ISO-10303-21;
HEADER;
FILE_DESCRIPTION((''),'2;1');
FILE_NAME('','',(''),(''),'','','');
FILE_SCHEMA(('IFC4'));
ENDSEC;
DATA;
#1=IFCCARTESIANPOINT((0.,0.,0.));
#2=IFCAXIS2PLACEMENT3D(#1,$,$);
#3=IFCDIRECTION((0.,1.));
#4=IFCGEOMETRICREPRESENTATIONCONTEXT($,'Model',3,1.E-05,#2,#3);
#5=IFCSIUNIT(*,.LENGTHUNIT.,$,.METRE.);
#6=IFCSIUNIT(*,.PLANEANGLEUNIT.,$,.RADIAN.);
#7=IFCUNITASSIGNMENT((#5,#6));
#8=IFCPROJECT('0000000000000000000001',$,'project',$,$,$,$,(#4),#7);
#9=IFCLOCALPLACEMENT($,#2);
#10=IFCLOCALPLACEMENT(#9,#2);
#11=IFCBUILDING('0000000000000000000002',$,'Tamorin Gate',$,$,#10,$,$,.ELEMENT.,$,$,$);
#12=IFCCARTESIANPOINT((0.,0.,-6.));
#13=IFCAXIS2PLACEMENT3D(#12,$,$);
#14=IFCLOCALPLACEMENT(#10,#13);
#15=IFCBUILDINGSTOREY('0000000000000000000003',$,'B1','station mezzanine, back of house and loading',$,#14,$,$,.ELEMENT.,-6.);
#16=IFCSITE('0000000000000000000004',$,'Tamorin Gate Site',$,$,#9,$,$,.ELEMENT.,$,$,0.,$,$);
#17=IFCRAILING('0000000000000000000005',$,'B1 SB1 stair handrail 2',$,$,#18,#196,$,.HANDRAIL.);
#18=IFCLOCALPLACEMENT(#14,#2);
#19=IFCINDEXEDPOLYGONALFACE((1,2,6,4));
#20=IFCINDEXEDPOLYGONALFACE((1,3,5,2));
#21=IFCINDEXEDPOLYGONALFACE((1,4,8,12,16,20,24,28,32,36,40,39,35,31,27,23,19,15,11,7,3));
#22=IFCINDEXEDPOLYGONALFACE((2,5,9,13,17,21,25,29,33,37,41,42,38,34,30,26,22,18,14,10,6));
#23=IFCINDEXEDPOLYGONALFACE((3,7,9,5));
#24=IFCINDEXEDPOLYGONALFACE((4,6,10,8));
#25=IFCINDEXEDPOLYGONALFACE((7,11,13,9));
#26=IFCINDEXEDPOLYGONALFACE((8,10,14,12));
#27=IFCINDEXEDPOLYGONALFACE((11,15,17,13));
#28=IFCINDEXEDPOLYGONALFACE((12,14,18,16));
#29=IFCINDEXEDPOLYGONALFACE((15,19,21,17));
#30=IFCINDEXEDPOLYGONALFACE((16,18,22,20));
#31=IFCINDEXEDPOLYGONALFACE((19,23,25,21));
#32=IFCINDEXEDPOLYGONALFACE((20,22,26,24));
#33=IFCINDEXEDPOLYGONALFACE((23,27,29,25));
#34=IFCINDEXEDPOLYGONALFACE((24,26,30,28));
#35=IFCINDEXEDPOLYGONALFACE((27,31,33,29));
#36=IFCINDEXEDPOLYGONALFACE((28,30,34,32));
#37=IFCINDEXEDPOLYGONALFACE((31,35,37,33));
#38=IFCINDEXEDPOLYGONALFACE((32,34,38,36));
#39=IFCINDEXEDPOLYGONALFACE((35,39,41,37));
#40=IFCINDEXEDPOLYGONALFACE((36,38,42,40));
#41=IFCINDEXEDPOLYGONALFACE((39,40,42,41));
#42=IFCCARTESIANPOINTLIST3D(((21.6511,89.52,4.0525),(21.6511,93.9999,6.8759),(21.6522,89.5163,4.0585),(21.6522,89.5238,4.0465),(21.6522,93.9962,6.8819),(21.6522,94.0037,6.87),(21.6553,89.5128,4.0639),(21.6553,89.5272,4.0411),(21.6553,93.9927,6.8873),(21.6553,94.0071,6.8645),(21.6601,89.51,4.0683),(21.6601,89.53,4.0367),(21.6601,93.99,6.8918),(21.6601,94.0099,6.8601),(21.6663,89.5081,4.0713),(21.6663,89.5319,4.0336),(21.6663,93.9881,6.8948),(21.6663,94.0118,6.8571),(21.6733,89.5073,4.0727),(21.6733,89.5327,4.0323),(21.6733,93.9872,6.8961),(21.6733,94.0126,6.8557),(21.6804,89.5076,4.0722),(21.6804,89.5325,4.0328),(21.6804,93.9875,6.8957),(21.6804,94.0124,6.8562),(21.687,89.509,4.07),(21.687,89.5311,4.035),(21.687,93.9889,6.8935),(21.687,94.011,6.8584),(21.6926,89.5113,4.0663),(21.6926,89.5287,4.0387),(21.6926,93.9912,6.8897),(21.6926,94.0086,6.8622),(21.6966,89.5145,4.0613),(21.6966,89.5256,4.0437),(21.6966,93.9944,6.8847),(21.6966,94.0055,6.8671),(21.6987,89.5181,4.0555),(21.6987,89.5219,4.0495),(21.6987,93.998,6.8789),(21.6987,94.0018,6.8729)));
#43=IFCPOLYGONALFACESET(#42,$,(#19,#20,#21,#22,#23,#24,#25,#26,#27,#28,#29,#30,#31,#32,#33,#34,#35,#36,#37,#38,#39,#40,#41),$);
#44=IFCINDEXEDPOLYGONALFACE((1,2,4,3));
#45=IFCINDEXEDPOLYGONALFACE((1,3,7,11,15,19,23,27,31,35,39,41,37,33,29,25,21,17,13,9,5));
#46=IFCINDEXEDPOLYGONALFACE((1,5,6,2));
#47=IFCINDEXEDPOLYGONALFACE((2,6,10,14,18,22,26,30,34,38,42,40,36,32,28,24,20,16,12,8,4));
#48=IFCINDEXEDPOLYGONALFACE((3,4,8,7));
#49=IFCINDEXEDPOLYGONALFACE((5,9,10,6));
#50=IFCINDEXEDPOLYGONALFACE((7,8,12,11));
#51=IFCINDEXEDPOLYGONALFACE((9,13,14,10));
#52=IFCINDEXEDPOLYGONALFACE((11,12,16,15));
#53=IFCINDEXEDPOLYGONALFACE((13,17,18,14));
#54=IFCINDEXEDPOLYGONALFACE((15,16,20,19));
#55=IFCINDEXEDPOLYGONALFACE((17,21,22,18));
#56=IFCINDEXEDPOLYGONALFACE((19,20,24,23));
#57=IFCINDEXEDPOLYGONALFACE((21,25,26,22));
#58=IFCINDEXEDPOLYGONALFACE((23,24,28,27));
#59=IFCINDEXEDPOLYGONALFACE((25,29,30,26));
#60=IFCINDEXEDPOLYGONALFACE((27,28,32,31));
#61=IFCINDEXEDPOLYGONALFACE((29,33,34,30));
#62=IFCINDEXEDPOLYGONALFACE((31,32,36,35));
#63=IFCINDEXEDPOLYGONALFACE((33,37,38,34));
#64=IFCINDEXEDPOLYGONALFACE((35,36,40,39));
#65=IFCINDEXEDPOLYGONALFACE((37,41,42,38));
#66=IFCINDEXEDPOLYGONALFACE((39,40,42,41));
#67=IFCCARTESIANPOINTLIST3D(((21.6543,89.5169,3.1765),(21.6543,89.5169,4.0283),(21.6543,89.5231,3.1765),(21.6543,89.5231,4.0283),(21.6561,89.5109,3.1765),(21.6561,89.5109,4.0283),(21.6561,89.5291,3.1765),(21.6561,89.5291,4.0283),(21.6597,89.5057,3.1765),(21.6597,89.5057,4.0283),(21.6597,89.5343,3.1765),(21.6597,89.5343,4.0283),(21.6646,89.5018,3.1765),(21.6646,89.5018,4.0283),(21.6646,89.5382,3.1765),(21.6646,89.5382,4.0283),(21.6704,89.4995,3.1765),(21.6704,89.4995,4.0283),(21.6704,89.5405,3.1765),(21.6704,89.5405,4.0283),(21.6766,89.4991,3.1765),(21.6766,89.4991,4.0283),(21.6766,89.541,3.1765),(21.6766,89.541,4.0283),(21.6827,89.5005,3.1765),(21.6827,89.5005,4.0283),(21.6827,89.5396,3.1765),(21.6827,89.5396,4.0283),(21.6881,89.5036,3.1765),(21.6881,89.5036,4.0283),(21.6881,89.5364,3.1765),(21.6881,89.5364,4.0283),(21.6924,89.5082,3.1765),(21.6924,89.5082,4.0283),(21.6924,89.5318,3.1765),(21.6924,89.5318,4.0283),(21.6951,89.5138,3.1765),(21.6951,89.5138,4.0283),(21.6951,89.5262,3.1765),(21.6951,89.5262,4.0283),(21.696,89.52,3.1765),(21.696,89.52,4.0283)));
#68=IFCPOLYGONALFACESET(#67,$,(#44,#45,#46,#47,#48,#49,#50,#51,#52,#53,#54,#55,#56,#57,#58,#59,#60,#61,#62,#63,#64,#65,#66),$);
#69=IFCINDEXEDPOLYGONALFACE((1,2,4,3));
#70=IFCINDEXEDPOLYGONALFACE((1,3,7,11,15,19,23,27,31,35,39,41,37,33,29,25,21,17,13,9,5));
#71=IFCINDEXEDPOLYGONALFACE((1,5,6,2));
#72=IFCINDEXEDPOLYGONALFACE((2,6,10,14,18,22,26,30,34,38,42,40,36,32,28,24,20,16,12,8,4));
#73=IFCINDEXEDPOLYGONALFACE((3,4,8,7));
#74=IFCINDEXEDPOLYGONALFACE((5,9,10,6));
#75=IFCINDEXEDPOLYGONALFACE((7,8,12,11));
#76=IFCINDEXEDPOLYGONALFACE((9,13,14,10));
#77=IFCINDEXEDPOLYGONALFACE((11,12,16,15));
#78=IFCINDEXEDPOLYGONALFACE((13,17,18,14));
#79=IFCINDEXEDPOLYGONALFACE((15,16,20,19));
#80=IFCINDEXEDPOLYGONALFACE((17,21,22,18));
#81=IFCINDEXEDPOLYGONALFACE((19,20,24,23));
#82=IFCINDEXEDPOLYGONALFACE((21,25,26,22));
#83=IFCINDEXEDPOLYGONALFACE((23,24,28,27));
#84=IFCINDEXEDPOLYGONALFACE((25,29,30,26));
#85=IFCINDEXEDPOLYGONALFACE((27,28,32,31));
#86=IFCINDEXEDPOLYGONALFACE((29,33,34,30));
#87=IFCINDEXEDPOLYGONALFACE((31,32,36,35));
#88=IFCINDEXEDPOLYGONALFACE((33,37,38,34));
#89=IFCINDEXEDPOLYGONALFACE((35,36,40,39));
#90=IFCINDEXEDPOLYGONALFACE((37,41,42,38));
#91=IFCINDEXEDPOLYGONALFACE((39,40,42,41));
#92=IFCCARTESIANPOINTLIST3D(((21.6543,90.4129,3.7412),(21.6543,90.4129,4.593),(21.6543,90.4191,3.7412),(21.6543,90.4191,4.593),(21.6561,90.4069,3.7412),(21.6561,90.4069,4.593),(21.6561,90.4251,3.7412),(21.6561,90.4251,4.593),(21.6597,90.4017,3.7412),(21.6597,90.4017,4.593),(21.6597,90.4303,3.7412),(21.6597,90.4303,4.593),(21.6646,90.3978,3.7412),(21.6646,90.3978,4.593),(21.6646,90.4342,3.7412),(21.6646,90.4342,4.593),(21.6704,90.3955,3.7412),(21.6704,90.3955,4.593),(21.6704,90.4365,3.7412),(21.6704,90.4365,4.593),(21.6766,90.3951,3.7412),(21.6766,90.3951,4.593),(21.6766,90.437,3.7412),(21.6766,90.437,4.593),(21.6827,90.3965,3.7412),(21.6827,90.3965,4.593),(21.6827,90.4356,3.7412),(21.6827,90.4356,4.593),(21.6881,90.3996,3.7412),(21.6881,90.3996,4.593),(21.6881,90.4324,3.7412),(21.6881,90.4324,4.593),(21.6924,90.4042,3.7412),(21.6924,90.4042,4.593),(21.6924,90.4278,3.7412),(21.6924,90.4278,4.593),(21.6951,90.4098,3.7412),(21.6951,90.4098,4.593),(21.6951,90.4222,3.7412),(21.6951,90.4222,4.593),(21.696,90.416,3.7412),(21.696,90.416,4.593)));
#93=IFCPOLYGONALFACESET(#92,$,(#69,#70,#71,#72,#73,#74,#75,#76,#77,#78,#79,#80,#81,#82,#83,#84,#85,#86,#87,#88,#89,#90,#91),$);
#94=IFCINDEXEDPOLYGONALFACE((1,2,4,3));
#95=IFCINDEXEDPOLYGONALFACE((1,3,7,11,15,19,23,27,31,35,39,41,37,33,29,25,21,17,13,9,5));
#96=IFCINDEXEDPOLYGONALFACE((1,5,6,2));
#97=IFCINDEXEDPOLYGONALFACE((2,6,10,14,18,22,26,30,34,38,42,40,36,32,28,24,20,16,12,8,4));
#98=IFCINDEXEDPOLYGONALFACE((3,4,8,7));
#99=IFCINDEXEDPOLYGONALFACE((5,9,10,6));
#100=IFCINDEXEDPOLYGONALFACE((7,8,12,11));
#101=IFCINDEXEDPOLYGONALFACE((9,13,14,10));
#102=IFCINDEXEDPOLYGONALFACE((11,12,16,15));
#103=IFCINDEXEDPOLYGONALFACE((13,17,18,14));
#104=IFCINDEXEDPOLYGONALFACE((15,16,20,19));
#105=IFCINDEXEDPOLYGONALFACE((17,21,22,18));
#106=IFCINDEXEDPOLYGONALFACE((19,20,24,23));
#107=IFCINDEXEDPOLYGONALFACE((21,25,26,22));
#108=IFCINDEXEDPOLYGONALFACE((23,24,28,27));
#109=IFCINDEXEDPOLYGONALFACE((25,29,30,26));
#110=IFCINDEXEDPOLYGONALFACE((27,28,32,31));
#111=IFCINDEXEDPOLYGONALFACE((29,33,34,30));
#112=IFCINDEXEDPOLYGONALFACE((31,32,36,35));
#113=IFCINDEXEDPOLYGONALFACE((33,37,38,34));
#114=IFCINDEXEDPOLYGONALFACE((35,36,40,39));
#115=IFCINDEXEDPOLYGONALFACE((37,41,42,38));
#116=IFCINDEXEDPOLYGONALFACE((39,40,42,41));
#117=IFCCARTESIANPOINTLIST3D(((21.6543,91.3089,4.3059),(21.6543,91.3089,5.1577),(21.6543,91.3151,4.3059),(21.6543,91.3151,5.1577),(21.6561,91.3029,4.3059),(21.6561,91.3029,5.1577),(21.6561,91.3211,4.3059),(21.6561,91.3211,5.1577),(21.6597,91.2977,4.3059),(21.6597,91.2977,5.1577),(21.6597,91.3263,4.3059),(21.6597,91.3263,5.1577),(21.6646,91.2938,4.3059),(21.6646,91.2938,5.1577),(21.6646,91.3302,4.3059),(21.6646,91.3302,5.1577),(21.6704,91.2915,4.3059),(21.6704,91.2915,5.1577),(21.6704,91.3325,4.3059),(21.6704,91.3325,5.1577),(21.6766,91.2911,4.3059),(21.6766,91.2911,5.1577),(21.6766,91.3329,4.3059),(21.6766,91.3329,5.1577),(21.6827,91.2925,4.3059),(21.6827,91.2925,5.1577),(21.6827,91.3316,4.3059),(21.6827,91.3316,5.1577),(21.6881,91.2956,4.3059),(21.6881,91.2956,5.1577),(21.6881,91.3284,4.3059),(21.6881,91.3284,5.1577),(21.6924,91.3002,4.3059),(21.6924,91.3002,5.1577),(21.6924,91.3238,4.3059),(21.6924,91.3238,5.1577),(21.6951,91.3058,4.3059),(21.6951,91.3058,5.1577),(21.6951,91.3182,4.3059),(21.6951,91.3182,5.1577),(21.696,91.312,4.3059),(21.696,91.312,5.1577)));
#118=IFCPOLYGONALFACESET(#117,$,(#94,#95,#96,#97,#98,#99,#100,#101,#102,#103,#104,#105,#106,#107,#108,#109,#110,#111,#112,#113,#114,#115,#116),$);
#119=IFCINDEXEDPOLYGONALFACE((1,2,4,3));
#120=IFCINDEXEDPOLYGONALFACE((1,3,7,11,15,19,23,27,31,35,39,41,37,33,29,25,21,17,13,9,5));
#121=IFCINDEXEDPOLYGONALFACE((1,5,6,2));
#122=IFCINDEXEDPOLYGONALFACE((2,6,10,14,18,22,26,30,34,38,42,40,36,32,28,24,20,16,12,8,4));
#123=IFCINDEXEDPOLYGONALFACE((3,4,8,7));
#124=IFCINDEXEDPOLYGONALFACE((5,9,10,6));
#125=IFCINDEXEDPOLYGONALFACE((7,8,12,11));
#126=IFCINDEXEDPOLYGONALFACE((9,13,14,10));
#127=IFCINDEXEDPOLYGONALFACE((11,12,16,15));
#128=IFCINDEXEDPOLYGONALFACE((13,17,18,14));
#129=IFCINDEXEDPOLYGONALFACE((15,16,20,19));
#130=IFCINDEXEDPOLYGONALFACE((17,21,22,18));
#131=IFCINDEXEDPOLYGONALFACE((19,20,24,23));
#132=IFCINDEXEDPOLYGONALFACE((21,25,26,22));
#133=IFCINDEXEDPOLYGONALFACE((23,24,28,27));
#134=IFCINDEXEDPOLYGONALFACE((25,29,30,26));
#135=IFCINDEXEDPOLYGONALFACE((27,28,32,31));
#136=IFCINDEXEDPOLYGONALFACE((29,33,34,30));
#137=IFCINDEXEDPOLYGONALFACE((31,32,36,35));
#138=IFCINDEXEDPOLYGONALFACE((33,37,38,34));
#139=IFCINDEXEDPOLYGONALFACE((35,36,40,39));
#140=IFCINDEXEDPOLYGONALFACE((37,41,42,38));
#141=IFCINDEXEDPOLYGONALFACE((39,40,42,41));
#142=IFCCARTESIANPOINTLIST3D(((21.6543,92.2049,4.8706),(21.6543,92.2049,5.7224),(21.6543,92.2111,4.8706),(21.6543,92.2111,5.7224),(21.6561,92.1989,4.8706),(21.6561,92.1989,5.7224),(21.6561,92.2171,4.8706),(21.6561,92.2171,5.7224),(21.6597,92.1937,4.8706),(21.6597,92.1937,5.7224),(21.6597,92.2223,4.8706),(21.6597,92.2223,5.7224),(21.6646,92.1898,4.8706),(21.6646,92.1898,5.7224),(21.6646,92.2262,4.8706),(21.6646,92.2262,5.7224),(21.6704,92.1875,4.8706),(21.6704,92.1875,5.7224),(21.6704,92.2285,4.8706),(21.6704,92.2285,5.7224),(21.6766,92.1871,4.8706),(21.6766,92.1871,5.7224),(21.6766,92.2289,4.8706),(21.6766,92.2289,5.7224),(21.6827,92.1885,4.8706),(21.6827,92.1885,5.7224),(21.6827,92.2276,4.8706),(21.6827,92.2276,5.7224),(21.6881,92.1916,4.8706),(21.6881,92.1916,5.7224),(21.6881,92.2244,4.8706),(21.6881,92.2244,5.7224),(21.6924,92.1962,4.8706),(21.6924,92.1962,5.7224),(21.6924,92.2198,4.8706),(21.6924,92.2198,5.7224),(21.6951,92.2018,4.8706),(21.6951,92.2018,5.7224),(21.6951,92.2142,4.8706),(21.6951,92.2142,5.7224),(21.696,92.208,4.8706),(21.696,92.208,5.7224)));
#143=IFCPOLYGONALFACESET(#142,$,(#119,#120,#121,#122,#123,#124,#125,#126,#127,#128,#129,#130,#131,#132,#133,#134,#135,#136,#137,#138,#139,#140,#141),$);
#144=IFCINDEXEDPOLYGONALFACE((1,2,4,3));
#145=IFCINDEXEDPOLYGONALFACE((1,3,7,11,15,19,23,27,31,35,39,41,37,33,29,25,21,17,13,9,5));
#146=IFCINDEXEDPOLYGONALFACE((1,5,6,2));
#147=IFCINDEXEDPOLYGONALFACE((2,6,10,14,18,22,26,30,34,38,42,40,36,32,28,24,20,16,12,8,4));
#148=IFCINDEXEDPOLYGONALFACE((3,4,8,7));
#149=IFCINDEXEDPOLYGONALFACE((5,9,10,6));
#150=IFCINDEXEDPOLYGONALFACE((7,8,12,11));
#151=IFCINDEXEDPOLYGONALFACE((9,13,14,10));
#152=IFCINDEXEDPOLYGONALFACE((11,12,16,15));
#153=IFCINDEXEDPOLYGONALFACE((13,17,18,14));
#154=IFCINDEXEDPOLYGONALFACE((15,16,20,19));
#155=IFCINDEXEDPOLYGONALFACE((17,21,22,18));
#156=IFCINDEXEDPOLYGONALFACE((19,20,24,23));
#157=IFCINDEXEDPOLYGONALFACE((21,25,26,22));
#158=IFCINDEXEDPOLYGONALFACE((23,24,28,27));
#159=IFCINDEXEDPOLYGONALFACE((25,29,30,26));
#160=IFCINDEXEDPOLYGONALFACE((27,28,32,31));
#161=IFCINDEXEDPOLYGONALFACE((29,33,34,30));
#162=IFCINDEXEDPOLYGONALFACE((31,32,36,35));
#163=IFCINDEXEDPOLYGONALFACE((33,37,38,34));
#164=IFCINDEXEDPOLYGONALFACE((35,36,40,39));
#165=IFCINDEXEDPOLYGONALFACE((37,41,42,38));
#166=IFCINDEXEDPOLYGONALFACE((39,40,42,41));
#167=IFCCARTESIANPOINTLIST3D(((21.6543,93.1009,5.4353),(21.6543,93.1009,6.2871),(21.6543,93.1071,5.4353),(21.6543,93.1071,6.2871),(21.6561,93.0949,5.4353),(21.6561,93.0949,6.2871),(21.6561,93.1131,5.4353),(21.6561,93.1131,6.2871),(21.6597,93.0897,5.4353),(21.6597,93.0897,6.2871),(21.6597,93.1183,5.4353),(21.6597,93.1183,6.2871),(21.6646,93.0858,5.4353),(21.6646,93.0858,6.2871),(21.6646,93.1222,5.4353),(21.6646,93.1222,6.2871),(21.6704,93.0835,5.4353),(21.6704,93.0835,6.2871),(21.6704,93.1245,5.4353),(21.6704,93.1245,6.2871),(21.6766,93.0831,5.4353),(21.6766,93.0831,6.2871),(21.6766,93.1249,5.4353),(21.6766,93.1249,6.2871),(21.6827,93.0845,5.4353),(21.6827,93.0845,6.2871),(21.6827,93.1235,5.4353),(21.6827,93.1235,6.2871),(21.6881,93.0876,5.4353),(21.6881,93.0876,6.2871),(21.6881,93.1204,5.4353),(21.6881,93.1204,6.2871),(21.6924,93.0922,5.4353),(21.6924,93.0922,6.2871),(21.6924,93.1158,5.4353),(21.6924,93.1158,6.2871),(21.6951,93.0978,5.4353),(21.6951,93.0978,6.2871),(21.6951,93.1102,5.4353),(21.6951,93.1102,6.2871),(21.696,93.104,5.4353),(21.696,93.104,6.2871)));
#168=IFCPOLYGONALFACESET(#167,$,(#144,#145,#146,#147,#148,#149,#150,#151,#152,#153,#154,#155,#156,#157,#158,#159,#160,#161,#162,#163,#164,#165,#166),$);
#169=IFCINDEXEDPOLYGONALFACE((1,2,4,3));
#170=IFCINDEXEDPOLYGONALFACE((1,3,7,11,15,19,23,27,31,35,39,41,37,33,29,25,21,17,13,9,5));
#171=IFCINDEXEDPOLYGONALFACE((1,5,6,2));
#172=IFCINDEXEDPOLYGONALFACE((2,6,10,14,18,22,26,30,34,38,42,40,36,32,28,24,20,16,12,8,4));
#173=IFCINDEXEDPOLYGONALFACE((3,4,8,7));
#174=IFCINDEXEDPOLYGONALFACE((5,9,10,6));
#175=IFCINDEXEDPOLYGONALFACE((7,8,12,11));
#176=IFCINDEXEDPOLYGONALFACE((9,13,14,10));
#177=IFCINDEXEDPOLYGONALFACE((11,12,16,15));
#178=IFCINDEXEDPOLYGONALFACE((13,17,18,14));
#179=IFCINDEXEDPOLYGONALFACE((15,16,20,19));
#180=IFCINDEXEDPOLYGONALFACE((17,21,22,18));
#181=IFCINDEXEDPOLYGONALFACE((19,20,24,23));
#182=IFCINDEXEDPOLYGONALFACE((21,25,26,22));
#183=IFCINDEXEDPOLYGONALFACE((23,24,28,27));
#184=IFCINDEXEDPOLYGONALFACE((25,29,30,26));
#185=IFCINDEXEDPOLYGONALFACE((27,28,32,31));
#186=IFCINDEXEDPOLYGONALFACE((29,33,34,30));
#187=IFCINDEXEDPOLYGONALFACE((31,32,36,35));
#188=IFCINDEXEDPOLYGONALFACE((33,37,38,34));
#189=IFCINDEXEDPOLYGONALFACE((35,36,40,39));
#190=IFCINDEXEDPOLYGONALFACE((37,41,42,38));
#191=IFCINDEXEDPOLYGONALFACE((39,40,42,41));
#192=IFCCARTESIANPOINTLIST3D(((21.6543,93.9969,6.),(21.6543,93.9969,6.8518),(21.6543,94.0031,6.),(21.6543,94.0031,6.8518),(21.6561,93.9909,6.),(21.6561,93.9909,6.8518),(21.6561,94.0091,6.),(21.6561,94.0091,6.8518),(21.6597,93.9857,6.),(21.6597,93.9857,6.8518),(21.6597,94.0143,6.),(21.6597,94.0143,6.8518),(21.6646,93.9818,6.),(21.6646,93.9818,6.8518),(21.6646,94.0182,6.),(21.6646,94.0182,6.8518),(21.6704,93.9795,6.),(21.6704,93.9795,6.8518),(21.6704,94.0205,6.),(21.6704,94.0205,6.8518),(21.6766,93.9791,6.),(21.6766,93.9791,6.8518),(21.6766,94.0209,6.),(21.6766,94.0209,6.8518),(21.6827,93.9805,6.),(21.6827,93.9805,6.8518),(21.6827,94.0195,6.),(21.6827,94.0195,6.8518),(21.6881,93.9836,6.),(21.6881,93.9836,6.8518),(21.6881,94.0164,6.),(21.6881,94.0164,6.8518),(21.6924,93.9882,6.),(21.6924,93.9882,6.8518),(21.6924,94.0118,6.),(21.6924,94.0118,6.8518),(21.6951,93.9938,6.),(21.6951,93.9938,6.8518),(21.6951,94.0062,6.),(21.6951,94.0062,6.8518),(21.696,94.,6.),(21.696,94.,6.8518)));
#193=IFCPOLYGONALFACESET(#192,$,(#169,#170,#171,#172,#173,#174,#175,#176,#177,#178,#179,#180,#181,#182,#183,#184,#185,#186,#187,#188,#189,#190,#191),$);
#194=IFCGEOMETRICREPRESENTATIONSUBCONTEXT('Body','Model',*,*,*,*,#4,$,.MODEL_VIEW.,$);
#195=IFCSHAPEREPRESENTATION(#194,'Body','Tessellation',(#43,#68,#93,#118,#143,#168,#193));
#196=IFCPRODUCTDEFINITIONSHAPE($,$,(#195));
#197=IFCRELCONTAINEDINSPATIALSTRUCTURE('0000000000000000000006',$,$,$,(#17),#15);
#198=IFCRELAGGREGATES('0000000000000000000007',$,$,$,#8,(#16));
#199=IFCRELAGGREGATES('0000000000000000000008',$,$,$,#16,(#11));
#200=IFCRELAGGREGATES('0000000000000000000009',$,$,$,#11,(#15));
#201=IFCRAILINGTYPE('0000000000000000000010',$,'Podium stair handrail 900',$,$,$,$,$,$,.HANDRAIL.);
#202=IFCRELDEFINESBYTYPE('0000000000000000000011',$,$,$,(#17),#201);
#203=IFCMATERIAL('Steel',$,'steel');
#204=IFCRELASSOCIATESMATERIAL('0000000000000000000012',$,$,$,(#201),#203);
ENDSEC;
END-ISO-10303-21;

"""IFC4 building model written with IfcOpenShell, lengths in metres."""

from ifc_helpers import new_model, si_unit, direction, frame, origin, origin_2d, place, context, subcontext, project, spatial, circle, extrude, material, type_object, element, save


model = new_model("IFC4")

# Units and contexts
model_context = context("Model", 3, precision=1e-05, world=origin(), true_north=direction((0.0, 1.0)))
body_context = subcontext(model_context, "Body", "Model", "MODEL_VIEW")
ifc_project = project(units=[si_unit("LENGTHUNIT", "METRE"), si_unit("PLANEANGLEUNIT", "RADIAN")], contexts=[model_context])

# Site, building, storey
site_placement = place(None, origin())
site = spatial("IfcSite", under=ifc_project, at=site_placement, Name="Tamorin Gate Site", CompositionType="ELEMENT", RefElevation=0.0)
building_placement = place(site_placement, origin())
building = spatial("IfcBuilding", under=site, at=building_placement, Name="Tamorin Gate", CompositionType="ELEMENT")
storey_placement = place(building_placement, frame((0.0, 0.0, -6.0)))
storey = spatial("IfcBuildingStorey", under=building, at=storey_placement, Name="B1", Description="station mezzanine, back of house and loading", CompositionType="ELEMENT", Elevation=-6.0)

# Railing
ifc_material_1 = material(Name="Steel", Category="steel")
railing_type_1 = type_object("IfcRailingType", Name="Podium stair handrail 900", PredefinedType="HANDRAIL", material=ifc_material_1)
railing_1_placement = place(storey_placement, frame((21.675, 89.52, 3.1765)))
element("IfcRailing", 1, at=railing_1_placement, inside=storey, type_object=railing_type_1, Name="B1 SB1 stair handrail 2", PredefinedType="HANDRAIL", context=body_context, shape_type="SweptSolid", body=[
    extrude(circle(Radius=0.0239, at=origin_2d()), frame((0.0, 0.0, 0.876), z_axis=(0.0, 0.845998, 0.533186), x_axis=(-1.0, 0.0, 0.0)), (0.0, 0.0, 1.0), 5.2954),
    extrude(circle(Radius=0.021, at=origin_2d()), origin(), (0.0, 0.0, 1.0), 0.8518),
    extrude(circle(Radius=0.021, at=origin_2d()), frame((0.0, 0.896, 0.5647)), (0.0, 0.0, 1.0), 0.8518),
    extrude(circle(Radius=0.021, at=origin_2d()), frame((0.0, 1.792, 1.1294)), (0.0, 0.0, 1.0), 0.8518),
    extrude(circle(Radius=0.021, at=origin_2d()), frame((0.0, 2.688, 1.6941)), (0.0, 0.0, 1.0), 0.8518),
    extrude(circle(Radius=0.021, at=origin_2d()), frame((0.0, 3.584, 2.2588)), (0.0, 0.0, 1.0), 0.8518),
    extrude(circle(Radius=0.021, at=origin_2d()), frame((0.0, 4.48, 2.8235)), (0.0, 0.0, 1.0), 0.8518),
])

save(model, "model.ifc")
